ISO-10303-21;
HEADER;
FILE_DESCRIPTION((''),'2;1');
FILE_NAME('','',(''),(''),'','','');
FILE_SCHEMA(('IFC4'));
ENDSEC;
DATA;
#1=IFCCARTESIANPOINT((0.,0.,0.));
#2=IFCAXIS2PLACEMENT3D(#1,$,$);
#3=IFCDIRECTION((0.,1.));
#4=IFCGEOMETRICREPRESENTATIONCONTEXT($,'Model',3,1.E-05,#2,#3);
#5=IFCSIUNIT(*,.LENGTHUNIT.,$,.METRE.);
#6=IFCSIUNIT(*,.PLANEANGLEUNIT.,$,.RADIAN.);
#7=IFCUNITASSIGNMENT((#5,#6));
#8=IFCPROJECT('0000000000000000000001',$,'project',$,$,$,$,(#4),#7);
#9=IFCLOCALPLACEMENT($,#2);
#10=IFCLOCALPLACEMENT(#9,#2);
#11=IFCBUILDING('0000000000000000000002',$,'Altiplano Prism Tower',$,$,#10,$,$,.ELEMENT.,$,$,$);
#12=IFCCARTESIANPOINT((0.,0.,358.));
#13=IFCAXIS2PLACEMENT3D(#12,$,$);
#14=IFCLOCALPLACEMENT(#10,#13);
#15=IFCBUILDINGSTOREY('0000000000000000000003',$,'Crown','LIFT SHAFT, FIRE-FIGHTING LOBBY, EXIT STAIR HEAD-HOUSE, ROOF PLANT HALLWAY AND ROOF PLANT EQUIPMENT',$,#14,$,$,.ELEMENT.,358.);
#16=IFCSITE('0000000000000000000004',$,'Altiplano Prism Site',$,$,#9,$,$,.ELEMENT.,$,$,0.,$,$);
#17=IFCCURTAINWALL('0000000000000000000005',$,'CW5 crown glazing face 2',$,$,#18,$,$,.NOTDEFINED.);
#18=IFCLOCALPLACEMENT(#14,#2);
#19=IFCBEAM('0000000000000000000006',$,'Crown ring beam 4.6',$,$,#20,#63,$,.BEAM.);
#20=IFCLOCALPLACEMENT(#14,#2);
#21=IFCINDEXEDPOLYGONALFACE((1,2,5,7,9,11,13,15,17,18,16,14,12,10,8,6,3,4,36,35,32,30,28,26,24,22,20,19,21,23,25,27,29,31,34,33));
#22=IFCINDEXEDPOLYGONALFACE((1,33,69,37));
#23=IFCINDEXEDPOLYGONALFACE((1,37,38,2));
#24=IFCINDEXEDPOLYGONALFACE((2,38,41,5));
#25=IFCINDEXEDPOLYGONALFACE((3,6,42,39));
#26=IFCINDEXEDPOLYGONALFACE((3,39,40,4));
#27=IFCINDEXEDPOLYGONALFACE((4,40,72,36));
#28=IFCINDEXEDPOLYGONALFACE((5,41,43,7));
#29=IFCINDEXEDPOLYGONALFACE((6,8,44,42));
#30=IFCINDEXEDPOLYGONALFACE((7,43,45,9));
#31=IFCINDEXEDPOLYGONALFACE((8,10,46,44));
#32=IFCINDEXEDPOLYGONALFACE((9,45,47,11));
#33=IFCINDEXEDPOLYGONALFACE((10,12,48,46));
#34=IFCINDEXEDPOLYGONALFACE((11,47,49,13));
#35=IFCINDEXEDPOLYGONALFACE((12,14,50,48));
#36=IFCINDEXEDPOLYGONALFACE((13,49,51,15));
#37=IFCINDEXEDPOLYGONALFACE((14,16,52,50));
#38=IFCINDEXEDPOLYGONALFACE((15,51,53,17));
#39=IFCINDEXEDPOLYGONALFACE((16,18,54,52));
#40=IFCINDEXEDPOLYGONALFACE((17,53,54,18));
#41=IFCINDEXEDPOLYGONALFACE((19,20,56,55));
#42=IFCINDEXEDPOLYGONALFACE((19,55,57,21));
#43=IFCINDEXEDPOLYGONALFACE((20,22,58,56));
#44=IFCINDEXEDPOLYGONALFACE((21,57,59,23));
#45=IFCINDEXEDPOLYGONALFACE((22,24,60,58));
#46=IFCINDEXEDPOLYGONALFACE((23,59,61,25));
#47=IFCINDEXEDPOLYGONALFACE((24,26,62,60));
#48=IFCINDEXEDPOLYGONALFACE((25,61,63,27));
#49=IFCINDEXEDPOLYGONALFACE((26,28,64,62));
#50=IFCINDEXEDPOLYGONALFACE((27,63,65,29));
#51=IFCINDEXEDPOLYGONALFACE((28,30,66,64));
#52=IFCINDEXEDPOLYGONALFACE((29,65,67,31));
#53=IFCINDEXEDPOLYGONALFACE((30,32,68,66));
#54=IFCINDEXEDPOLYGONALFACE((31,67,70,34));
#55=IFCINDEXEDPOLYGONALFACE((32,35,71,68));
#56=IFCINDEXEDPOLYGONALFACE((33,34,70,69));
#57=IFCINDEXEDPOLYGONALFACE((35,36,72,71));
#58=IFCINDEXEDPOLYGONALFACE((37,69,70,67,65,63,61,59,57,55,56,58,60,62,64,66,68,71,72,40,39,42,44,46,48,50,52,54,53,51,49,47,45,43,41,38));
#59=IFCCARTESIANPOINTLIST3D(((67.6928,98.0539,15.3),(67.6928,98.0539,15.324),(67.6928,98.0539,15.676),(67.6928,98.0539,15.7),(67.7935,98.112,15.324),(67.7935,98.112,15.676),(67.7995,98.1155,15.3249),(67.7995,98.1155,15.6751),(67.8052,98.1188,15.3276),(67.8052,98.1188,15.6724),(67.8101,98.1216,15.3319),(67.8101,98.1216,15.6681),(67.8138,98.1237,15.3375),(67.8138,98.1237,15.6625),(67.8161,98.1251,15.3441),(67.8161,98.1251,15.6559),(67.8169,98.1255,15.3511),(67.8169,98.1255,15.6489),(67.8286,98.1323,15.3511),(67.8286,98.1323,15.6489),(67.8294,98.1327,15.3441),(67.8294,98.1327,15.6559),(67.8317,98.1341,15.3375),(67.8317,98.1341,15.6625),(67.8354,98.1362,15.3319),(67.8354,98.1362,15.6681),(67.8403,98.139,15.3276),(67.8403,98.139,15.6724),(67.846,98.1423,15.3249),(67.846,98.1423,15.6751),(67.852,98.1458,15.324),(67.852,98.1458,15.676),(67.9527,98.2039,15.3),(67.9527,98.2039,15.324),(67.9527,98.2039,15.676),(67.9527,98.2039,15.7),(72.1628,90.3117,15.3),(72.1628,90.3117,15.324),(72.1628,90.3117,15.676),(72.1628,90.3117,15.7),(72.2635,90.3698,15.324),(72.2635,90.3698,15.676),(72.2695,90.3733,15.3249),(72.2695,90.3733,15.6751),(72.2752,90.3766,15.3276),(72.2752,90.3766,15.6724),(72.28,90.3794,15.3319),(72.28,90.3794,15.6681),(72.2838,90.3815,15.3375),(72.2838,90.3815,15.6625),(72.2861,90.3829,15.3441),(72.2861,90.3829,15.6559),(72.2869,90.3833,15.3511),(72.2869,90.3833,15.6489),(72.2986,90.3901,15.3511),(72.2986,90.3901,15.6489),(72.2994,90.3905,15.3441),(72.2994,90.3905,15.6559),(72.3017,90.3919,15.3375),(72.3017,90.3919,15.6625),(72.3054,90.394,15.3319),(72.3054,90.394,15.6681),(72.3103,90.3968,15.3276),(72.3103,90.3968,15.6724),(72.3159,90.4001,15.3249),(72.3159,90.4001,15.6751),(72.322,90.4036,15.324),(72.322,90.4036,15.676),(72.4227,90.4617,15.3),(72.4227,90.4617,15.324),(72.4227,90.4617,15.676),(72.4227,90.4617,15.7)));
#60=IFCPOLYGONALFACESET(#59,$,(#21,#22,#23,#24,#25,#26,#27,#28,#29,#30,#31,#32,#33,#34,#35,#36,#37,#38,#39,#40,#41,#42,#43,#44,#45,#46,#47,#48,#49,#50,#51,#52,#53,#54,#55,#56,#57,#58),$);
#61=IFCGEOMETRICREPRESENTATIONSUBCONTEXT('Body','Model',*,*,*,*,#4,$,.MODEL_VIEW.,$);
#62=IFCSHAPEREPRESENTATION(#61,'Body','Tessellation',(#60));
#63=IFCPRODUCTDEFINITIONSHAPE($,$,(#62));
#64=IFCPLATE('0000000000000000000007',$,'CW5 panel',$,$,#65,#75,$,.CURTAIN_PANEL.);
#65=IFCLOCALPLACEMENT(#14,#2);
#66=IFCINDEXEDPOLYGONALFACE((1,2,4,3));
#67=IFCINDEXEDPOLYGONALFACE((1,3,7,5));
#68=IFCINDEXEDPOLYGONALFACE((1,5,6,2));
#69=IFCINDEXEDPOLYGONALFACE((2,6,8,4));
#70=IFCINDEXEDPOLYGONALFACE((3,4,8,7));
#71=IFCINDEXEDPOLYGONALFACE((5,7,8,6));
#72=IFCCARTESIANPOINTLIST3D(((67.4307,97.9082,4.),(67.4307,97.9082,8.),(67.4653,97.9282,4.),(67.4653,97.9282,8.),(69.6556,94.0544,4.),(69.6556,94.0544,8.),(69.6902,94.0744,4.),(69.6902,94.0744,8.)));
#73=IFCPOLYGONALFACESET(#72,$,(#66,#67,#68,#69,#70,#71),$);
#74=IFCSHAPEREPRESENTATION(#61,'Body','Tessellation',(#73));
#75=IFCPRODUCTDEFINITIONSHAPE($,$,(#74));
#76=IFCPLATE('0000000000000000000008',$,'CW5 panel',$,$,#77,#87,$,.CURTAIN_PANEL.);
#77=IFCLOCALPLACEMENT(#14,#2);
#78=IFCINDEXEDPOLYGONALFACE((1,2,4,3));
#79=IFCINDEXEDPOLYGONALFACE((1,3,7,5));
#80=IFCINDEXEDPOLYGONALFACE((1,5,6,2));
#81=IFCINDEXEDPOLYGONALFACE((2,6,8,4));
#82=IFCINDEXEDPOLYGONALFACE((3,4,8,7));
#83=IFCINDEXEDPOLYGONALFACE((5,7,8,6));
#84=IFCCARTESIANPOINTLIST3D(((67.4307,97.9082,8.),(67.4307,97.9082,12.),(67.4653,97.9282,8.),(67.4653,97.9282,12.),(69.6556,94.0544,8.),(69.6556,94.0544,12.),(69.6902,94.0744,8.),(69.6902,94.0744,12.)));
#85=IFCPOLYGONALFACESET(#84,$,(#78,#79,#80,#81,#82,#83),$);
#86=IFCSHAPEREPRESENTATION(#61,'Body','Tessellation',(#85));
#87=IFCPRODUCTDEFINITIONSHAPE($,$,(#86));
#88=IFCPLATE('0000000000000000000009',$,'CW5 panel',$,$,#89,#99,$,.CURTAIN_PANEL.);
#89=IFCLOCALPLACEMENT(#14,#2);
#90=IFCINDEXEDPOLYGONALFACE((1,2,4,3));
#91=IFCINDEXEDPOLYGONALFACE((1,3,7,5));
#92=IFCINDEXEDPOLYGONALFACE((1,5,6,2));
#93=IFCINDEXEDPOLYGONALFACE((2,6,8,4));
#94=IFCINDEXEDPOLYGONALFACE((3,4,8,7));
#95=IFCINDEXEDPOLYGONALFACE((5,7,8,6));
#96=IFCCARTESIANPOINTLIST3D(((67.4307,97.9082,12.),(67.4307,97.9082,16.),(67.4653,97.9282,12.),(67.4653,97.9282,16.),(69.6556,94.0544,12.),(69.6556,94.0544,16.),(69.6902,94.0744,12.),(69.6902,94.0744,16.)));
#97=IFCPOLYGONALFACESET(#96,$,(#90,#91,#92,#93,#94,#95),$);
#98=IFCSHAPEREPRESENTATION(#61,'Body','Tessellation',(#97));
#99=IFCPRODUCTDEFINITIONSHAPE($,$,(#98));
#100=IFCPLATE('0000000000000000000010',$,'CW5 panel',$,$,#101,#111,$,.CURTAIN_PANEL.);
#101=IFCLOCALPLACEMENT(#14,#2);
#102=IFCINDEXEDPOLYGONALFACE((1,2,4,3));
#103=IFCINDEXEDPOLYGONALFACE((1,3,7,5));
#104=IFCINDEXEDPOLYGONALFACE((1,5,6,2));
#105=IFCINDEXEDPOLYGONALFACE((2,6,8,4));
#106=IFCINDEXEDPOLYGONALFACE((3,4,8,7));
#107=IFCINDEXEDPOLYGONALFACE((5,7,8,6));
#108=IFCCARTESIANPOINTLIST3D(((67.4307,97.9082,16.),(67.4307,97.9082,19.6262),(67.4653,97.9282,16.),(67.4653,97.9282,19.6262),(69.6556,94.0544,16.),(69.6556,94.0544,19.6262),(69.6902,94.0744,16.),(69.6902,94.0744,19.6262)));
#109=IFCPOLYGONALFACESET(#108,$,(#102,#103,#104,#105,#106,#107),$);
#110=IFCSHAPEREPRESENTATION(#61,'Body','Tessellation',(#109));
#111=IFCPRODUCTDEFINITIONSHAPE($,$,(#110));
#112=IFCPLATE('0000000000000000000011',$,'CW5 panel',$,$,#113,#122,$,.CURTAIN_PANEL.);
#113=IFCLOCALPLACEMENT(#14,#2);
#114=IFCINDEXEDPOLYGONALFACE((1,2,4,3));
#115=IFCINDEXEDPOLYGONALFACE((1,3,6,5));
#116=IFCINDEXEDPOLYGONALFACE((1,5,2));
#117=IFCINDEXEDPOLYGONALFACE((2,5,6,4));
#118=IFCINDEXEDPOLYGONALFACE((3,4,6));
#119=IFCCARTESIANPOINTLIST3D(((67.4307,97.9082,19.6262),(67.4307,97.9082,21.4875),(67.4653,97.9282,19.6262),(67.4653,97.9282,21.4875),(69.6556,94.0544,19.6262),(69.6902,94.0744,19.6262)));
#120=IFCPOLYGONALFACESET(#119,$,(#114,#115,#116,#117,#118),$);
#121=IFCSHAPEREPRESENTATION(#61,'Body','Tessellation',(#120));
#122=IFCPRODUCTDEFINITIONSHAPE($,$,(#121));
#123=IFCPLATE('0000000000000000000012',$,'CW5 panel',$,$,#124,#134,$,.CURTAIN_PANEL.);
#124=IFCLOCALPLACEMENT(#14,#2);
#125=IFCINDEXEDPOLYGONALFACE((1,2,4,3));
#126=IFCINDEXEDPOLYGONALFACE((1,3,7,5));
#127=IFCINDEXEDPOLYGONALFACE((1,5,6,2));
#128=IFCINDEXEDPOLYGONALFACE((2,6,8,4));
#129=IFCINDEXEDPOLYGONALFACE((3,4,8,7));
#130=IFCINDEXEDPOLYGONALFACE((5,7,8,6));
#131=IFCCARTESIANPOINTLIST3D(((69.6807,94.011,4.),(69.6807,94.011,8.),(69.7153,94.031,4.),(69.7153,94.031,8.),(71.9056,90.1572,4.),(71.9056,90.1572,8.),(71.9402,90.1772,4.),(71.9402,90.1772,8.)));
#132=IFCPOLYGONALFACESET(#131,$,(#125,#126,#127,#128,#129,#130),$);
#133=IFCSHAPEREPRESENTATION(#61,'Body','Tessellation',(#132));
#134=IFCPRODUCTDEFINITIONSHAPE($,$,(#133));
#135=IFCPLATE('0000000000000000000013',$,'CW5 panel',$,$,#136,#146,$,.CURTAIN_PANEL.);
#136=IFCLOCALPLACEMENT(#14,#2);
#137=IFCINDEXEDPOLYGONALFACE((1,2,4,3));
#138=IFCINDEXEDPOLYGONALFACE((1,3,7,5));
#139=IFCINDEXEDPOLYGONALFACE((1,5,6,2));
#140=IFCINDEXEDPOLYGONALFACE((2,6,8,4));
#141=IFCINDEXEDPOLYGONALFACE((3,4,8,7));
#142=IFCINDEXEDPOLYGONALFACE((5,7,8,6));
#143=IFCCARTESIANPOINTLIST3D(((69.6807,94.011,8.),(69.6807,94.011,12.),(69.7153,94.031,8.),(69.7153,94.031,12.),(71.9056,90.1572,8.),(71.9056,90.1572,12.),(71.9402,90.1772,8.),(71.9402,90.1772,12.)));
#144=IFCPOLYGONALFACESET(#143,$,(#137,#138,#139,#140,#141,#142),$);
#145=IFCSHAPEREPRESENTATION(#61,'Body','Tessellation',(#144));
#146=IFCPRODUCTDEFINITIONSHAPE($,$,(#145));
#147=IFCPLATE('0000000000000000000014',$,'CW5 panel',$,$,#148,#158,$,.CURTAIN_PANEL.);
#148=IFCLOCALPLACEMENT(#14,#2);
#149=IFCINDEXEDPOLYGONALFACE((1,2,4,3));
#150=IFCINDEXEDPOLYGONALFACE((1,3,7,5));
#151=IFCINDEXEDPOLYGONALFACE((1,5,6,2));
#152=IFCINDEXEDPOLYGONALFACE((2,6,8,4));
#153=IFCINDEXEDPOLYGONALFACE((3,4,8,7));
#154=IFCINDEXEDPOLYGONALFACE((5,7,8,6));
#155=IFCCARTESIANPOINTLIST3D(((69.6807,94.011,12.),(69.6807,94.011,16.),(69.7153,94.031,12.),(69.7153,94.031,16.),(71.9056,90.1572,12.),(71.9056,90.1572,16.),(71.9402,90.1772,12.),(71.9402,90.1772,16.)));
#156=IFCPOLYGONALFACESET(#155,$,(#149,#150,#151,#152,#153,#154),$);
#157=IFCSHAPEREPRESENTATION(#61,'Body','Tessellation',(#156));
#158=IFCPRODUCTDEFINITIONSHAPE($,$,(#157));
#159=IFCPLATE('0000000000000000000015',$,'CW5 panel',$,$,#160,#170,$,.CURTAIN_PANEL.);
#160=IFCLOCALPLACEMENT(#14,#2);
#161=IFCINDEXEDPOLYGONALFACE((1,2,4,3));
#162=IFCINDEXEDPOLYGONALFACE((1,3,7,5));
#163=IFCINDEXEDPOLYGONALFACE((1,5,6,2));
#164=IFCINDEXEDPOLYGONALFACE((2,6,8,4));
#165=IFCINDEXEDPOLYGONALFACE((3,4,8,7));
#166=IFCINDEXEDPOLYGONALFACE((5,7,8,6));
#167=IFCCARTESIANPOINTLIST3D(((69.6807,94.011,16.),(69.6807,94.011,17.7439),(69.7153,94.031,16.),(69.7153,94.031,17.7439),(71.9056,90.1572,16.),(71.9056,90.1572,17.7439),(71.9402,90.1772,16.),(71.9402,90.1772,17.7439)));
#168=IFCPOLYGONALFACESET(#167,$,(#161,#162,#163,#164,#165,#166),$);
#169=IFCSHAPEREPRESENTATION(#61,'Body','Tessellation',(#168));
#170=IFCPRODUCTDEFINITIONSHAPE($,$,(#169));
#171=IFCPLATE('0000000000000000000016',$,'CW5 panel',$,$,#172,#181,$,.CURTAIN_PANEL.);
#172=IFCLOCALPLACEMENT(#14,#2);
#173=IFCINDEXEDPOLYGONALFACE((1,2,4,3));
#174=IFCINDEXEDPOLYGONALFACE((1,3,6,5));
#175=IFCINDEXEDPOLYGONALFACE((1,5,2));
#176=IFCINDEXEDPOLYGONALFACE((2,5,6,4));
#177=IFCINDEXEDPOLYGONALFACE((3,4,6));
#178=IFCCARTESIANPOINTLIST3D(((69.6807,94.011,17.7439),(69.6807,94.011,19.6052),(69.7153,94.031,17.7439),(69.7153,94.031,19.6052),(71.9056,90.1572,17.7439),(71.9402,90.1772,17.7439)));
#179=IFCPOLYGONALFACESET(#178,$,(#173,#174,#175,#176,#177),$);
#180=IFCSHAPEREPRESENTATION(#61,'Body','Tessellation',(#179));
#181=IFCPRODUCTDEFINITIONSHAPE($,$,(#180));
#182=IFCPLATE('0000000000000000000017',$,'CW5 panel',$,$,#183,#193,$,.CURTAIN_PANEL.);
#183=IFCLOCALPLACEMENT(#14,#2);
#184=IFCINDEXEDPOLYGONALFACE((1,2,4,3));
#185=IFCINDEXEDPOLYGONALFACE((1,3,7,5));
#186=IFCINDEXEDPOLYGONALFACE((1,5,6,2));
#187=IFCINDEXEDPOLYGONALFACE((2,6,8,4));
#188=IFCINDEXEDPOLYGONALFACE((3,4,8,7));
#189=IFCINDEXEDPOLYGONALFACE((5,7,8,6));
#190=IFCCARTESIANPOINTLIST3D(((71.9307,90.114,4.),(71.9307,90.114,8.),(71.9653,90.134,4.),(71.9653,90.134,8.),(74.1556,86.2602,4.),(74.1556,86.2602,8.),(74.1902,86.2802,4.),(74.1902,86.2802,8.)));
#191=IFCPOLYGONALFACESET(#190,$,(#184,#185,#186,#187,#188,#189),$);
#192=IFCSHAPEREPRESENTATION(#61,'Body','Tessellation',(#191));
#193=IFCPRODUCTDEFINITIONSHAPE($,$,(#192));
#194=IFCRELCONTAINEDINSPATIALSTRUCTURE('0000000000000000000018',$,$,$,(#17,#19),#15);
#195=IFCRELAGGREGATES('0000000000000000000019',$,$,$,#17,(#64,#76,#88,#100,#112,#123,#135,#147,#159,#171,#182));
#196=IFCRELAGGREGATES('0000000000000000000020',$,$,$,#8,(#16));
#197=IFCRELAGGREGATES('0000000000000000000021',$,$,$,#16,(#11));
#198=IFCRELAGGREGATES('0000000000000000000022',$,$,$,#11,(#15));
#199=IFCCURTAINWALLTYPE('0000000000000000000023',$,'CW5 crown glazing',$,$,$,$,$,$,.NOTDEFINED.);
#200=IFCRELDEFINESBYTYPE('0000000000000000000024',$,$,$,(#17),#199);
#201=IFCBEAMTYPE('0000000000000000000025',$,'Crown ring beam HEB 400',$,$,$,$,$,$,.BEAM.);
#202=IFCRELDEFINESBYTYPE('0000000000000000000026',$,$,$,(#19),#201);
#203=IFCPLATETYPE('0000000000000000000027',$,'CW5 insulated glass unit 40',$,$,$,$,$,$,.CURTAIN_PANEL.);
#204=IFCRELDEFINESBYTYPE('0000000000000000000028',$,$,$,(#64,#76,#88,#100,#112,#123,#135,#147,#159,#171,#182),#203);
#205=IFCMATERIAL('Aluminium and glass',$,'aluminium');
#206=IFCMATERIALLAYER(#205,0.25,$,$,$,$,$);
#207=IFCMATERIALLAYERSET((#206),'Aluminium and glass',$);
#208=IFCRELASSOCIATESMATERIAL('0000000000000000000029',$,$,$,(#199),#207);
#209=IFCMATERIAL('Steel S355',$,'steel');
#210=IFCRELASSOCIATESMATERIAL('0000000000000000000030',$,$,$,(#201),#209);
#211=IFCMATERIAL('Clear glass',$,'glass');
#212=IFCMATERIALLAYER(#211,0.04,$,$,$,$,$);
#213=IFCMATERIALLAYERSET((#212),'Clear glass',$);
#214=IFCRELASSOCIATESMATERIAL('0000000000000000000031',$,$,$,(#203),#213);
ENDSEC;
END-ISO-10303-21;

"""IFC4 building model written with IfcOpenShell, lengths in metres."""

from ifc_helpers import new_model, si_unit, direction, frame, origin, origin_2d, place, context, subcontext, project, spatial, polyline, i_section, outline, extrude, material, layer, layer_set, material_profile, profile_set, type_object, element, aggregate, save


model = new_model("IFC4")

# Units and contexts
model_context = context("Model", 3, precision=1e-05, world=origin(), true_north=direction((0.0, 1.0)))
body_context = subcontext(model_context, "Body", "Model", "MODEL_VIEW")
ifc_project = project(units=[si_unit("LENGTHUNIT", "METRE"), si_unit("PLANEANGLEUNIT", "RADIAN")], contexts=[model_context])

# Site, building, storey
site_placement = place(None, origin())
site = spatial("IfcSite", under=ifc_project, at=site_placement, Name="Altiplano Prism Site", CompositionType="ELEMENT", RefElevation=0.0)
building_placement = place(site_placement, origin())
building = spatial("IfcBuilding", under=site, at=building_placement, Name="Altiplano Prism Tower", CompositionType="ELEMENT")
storey_placement = place(building_placement, frame((0.0, 0.0, 358.0)))
storey = spatial("IfcBuildingStorey", under=building, at=storey_placement, Name="Crown", Description="LIFT SHAFT, FIRE-FIGHTING LOBBY, EXIT STAIR HEAD-HOUSE, ROOF PLANT HALLWAY AND ROOF PLANT EQUIPMENT", CompositionType="ELEMENT", Elevation=358.0)

# Curtain wall
ifc_material_1 = material(Name="Aluminium and glass", Category="aluminium")
ifc_layer_1 = layer(ifc_material_1, 0.25)
ifc_layer_set_1 = layer_set([ifc_layer_1], Name="Aluminium and glass")
curtain_wall_type = type_object("IfcCurtainWallType", Name="CW5 crown glazing", PredefinedType="NOTDEFINED", material=ifc_layer_set_1)
curtain_wall_placement = place(storey_placement, origin())
curtain_wall = element("IfcCurtainWall", 1, at=curtain_wall_placement, inside=storey, type_object=curtain_wall_type, Name="CW5 crown glazing face 2", PredefinedType="NOTDEFINED")

# Shared definitions
ifc_material_2 = material(Name="Steel S355", Category="steel")

# Beam
ifc_material_profile_1 = material_profile(ifc_material_2, i_section(OverallWidth=0.3, OverallDepth=0.3999, WebThickness=0.0134, FlangeThickness=0.0239, FilletRadius=0.0271, at=origin_2d()), Name="Crown ring beam HEB 400")
ifc_profile_set_1 = profile_set([ifc_material_profile_1], Name="Steel S355")
beam_type_1 = type_object("IfcBeamType", Name="Crown ring beam HEB 400", PredefinedType="BEAM", material=ifc_profile_set_1)
for number, where, z_axis, x_axis, name in (
    (2, (67.8228, 98.1289, 15.5), (0.500001, -0.866025, 0.0), (0.866025, 0.500001, 0.0), "Crown ring beam 4.6"),
):
    element("IfcBeam", number, at=place(storey_placement, frame(where, z_axis=z_axis, x_axis=x_axis)), inside=storey, type_object=beam_type_1, Name=name, PredefinedType="BEAM", context=body_context, shape_type="SweptSolid", body=[
        extrude(i_section(OverallWidth=0.3, OverallDepth=0.3999, WebThickness=0.0134, FlangeThickness=0.0239, FilletRadius=0.0271, at=origin_2d()), origin(), (0.0, 0.0, 1.0), 8.9399),
    ])

# Plates
ifc_material_3 = material(Name="Clear glass", Category="glass")
ifc_layer_2 = layer(ifc_material_3, 0.04)
ifc_layer_set_2 = layer_set([ifc_layer_2], Name="Clear glass")
plate_type_1 = type_object("IfcPlateType", Name="CW5 insulated glass unit 40", PredefinedType="CURTAIN_PANEL", material=ifc_layer_set_2)
plate_1_placement = place(storey_placement, frame((67.4307, 97.9082, 4.0), z_axis=(-0.866037, -0.49998, 0.0), x_axis=(0.49998, -0.866037, 0.0)))
plate_1 = element("IfcPlate", 3, at=plate_1_placement, type_object=plate_type_1, Name="CW5 panel", PredefinedType="CURTAIN_PANEL", context=body_context, shape_type="SweptSolid", body=[
    extrude(outline(polyline([(0.0, 0.0), (4.45, 0.0), (4.45, 4.0), (0.0, 4.0), (0.0, 0.0)])), origin(), (0.0, 0.0, -1.0), 0.04),
])
plate_2_placement = place(storey_placement, frame((67.4307, 97.9082, 8.0), z_axis=(-0.866037, -0.49998, 0.0), x_axis=(0.49998, -0.866037, 0.0)))
plate_2 = element("IfcPlate", 4, at=plate_2_placement, type_object=plate_type_1, Name="CW5 panel", PredefinedType="CURTAIN_PANEL", context=body_context, shape_type="SweptSolid", body=[
    extrude(outline(polyline([(0.0, 0.0), (4.45, 0.0), (4.45, 4.0), (0.0, 4.0), (0.0, 0.0)])), origin(), (0.0, 0.0, -1.0), 0.04),
])
plate_3_placement = place(storey_placement, frame((67.4307, 97.9082, 12.0), z_axis=(-0.866037, -0.49998, 0.0), x_axis=(0.49998, -0.866037, 0.0)))
plate_3 = element("IfcPlate", 5, at=plate_3_placement, type_object=plate_type_1, Name="CW5 panel", PredefinedType="CURTAIN_PANEL", context=body_context, shape_type="SweptSolid", body=[
    extrude(outline(polyline([(0.0, 0.0), (4.45, 0.0), (4.45, 4.0), (0.0, 4.0), (0.0, 0.0)])), origin(), (0.0, 0.0, -1.0), 0.04),
])
plate_4_placement = place(storey_placement, frame((67.4307, 97.9082, 16.0), z_axis=(-0.866037, -0.49998, 0.0), x_axis=(0.49998, -0.866037, 0.0)))
plate_4 = element("IfcPlate", 6, at=plate_4_placement, type_object=plate_type_1, Name="CW5 panel", PredefinedType="CURTAIN_PANEL", context=body_context, shape_type="SweptSolid", body=[
    extrude(outline(polyline([(0.0, 0.0), (4.45, 0.0), (4.45, 3.6262), (0.0, 3.6262), (0.0, 0.0)])), origin(), (0.0, 0.0, -1.0), 0.04),
])
plate_5_placement = place(storey_placement, frame((67.4307, 97.9082, 21.4875), z_axis=(-0.866037, -0.49998, 0.0), x_axis=(0.0, 0.0, -1.0)))
plate_5 = element("IfcPlate", 7, at=plate_5_placement, type_object=plate_type_1, Name="CW5 panel", PredefinedType="CURTAIN_PANEL", context=body_context, shape_type="SweptSolid", body=[
    extrude(outline(polyline([(0.0, 0.0), (1.8613, 0.0), (1.8613, 4.45), (0.0, 0.0)])), origin(), (0.0, 0.0, -1.0), 0.04),
])
plate_6_placement = place(storey_placement, frame((69.6807, 94.011, 4.0), z_axis=(-0.866037, -0.49998, 0.0), x_axis=(0.49998, -0.866037, 0.0)))
plate_6 = element("IfcPlate", 8, at=plate_6_placement, type_object=plate_type_1, Name="CW5 panel", PredefinedType="CURTAIN_PANEL", context=body_context, shape_type="SweptSolid", body=[
    extrude(outline(polyline([(0.0, 0.0), (4.45, 0.0), (4.45, 4.0), (0.0, 4.0), (0.0, 0.0)])), origin(), (0.0, 0.0, -1.0), 0.04),
])
plate_7_placement = place(storey_placement, frame((69.6807, 94.011, 8.0), z_axis=(-0.866037, -0.49998, 0.0), x_axis=(0.49998, -0.866037, 0.0)))
plate_7 = element("IfcPlate", 9, at=plate_7_placement, type_object=plate_type_1, Name="CW5 panel", PredefinedType="CURTAIN_PANEL", context=body_context, shape_type="SweptSolid", body=[
    extrude(outline(polyline([(0.0, 0.0), (4.45, 0.0), (4.45, 4.0), (0.0, 4.0), (0.0, 0.0)])), origin(), (0.0, 0.0, -1.0), 0.04),
])
plate_8_placement = place(storey_placement, frame((69.6807, 94.011, 12.0), z_axis=(-0.866037, -0.49998, 0.0), x_axis=(0.49998, -0.866037, 0.0)))
plate_8 = element("IfcPlate", 10, at=plate_8_placement, type_object=plate_type_1, Name="CW5 panel", PredefinedType="CURTAIN_PANEL", context=body_context, shape_type="SweptSolid", body=[
    extrude(outline(polyline([(0.0, 0.0), (4.45, 0.0), (4.45, 4.0), (0.0, 4.0), (0.0, 0.0)])), origin(), (0.0, 0.0, -1.0), 0.04),
])
plate_9_placement = place(storey_placement, frame((69.6807, 94.011, 16.0), z_axis=(-0.866037, -0.49998, 0.0), x_axis=(0.49998, -0.866037, 0.0)))
plate_9 = element("IfcPlate", 11, at=plate_9_placement, type_object=plate_type_1, Name="CW5 panel", PredefinedType="CURTAIN_PANEL", context=body_context, shape_type="SweptSolid", body=[
    extrude(outline(polyline([(0.0, 0.0), (4.45, 0.0), (4.45, 1.7439), (0.0, 1.7439), (0.0, 0.0)])), origin(), (0.0, 0.0, -1.0), 0.04),
])
plate_10_placement = place(storey_placement, frame((69.6807, 94.011, 19.6052), z_axis=(-0.866037, -0.49998, 0.0), x_axis=(0.0, 0.0, -1.0)))
plate_10 = element("IfcPlate", 12, at=plate_10_placement, type_object=plate_type_1, Name="CW5 panel", PredefinedType="CURTAIN_PANEL", context=body_context, shape_type="SweptSolid", body=[
    extrude(outline(polyline([(0.0, 0.0), (1.8613, 0.0), (1.8613, 4.45), (0.0, 0.0)])), origin(), (0.0, 0.0, -1.0), 0.04),
])
plate_11_placement = place(storey_placement, frame((71.9307, 90.114, 4.0), z_axis=(-0.866037, -0.49998, 0.0), x_axis=(0.49998, -0.866037, 0.0)))
plate_11 = element("IfcPlate", 13, at=plate_11_placement, type_object=plate_type_1, Name="CW5 panel", PredefinedType="CURTAIN_PANEL", context=body_context, shape_type="SweptSolid", body=[
    extrude(outline(polyline([(0.0, 0.0), (4.45, 0.0), (4.45, 4.0), (0.0, 4.0), (0.0, 0.0)])), origin(), (0.0, 0.0, -1.0), 0.04),
])
aggregate(curtain_wall, [plate_1, plate_2, plate_3, plate_4, plate_5, plate_6, plate_7, plate_8, plate_9, plate_10, plate_11])

save(model, "model.ifc")
